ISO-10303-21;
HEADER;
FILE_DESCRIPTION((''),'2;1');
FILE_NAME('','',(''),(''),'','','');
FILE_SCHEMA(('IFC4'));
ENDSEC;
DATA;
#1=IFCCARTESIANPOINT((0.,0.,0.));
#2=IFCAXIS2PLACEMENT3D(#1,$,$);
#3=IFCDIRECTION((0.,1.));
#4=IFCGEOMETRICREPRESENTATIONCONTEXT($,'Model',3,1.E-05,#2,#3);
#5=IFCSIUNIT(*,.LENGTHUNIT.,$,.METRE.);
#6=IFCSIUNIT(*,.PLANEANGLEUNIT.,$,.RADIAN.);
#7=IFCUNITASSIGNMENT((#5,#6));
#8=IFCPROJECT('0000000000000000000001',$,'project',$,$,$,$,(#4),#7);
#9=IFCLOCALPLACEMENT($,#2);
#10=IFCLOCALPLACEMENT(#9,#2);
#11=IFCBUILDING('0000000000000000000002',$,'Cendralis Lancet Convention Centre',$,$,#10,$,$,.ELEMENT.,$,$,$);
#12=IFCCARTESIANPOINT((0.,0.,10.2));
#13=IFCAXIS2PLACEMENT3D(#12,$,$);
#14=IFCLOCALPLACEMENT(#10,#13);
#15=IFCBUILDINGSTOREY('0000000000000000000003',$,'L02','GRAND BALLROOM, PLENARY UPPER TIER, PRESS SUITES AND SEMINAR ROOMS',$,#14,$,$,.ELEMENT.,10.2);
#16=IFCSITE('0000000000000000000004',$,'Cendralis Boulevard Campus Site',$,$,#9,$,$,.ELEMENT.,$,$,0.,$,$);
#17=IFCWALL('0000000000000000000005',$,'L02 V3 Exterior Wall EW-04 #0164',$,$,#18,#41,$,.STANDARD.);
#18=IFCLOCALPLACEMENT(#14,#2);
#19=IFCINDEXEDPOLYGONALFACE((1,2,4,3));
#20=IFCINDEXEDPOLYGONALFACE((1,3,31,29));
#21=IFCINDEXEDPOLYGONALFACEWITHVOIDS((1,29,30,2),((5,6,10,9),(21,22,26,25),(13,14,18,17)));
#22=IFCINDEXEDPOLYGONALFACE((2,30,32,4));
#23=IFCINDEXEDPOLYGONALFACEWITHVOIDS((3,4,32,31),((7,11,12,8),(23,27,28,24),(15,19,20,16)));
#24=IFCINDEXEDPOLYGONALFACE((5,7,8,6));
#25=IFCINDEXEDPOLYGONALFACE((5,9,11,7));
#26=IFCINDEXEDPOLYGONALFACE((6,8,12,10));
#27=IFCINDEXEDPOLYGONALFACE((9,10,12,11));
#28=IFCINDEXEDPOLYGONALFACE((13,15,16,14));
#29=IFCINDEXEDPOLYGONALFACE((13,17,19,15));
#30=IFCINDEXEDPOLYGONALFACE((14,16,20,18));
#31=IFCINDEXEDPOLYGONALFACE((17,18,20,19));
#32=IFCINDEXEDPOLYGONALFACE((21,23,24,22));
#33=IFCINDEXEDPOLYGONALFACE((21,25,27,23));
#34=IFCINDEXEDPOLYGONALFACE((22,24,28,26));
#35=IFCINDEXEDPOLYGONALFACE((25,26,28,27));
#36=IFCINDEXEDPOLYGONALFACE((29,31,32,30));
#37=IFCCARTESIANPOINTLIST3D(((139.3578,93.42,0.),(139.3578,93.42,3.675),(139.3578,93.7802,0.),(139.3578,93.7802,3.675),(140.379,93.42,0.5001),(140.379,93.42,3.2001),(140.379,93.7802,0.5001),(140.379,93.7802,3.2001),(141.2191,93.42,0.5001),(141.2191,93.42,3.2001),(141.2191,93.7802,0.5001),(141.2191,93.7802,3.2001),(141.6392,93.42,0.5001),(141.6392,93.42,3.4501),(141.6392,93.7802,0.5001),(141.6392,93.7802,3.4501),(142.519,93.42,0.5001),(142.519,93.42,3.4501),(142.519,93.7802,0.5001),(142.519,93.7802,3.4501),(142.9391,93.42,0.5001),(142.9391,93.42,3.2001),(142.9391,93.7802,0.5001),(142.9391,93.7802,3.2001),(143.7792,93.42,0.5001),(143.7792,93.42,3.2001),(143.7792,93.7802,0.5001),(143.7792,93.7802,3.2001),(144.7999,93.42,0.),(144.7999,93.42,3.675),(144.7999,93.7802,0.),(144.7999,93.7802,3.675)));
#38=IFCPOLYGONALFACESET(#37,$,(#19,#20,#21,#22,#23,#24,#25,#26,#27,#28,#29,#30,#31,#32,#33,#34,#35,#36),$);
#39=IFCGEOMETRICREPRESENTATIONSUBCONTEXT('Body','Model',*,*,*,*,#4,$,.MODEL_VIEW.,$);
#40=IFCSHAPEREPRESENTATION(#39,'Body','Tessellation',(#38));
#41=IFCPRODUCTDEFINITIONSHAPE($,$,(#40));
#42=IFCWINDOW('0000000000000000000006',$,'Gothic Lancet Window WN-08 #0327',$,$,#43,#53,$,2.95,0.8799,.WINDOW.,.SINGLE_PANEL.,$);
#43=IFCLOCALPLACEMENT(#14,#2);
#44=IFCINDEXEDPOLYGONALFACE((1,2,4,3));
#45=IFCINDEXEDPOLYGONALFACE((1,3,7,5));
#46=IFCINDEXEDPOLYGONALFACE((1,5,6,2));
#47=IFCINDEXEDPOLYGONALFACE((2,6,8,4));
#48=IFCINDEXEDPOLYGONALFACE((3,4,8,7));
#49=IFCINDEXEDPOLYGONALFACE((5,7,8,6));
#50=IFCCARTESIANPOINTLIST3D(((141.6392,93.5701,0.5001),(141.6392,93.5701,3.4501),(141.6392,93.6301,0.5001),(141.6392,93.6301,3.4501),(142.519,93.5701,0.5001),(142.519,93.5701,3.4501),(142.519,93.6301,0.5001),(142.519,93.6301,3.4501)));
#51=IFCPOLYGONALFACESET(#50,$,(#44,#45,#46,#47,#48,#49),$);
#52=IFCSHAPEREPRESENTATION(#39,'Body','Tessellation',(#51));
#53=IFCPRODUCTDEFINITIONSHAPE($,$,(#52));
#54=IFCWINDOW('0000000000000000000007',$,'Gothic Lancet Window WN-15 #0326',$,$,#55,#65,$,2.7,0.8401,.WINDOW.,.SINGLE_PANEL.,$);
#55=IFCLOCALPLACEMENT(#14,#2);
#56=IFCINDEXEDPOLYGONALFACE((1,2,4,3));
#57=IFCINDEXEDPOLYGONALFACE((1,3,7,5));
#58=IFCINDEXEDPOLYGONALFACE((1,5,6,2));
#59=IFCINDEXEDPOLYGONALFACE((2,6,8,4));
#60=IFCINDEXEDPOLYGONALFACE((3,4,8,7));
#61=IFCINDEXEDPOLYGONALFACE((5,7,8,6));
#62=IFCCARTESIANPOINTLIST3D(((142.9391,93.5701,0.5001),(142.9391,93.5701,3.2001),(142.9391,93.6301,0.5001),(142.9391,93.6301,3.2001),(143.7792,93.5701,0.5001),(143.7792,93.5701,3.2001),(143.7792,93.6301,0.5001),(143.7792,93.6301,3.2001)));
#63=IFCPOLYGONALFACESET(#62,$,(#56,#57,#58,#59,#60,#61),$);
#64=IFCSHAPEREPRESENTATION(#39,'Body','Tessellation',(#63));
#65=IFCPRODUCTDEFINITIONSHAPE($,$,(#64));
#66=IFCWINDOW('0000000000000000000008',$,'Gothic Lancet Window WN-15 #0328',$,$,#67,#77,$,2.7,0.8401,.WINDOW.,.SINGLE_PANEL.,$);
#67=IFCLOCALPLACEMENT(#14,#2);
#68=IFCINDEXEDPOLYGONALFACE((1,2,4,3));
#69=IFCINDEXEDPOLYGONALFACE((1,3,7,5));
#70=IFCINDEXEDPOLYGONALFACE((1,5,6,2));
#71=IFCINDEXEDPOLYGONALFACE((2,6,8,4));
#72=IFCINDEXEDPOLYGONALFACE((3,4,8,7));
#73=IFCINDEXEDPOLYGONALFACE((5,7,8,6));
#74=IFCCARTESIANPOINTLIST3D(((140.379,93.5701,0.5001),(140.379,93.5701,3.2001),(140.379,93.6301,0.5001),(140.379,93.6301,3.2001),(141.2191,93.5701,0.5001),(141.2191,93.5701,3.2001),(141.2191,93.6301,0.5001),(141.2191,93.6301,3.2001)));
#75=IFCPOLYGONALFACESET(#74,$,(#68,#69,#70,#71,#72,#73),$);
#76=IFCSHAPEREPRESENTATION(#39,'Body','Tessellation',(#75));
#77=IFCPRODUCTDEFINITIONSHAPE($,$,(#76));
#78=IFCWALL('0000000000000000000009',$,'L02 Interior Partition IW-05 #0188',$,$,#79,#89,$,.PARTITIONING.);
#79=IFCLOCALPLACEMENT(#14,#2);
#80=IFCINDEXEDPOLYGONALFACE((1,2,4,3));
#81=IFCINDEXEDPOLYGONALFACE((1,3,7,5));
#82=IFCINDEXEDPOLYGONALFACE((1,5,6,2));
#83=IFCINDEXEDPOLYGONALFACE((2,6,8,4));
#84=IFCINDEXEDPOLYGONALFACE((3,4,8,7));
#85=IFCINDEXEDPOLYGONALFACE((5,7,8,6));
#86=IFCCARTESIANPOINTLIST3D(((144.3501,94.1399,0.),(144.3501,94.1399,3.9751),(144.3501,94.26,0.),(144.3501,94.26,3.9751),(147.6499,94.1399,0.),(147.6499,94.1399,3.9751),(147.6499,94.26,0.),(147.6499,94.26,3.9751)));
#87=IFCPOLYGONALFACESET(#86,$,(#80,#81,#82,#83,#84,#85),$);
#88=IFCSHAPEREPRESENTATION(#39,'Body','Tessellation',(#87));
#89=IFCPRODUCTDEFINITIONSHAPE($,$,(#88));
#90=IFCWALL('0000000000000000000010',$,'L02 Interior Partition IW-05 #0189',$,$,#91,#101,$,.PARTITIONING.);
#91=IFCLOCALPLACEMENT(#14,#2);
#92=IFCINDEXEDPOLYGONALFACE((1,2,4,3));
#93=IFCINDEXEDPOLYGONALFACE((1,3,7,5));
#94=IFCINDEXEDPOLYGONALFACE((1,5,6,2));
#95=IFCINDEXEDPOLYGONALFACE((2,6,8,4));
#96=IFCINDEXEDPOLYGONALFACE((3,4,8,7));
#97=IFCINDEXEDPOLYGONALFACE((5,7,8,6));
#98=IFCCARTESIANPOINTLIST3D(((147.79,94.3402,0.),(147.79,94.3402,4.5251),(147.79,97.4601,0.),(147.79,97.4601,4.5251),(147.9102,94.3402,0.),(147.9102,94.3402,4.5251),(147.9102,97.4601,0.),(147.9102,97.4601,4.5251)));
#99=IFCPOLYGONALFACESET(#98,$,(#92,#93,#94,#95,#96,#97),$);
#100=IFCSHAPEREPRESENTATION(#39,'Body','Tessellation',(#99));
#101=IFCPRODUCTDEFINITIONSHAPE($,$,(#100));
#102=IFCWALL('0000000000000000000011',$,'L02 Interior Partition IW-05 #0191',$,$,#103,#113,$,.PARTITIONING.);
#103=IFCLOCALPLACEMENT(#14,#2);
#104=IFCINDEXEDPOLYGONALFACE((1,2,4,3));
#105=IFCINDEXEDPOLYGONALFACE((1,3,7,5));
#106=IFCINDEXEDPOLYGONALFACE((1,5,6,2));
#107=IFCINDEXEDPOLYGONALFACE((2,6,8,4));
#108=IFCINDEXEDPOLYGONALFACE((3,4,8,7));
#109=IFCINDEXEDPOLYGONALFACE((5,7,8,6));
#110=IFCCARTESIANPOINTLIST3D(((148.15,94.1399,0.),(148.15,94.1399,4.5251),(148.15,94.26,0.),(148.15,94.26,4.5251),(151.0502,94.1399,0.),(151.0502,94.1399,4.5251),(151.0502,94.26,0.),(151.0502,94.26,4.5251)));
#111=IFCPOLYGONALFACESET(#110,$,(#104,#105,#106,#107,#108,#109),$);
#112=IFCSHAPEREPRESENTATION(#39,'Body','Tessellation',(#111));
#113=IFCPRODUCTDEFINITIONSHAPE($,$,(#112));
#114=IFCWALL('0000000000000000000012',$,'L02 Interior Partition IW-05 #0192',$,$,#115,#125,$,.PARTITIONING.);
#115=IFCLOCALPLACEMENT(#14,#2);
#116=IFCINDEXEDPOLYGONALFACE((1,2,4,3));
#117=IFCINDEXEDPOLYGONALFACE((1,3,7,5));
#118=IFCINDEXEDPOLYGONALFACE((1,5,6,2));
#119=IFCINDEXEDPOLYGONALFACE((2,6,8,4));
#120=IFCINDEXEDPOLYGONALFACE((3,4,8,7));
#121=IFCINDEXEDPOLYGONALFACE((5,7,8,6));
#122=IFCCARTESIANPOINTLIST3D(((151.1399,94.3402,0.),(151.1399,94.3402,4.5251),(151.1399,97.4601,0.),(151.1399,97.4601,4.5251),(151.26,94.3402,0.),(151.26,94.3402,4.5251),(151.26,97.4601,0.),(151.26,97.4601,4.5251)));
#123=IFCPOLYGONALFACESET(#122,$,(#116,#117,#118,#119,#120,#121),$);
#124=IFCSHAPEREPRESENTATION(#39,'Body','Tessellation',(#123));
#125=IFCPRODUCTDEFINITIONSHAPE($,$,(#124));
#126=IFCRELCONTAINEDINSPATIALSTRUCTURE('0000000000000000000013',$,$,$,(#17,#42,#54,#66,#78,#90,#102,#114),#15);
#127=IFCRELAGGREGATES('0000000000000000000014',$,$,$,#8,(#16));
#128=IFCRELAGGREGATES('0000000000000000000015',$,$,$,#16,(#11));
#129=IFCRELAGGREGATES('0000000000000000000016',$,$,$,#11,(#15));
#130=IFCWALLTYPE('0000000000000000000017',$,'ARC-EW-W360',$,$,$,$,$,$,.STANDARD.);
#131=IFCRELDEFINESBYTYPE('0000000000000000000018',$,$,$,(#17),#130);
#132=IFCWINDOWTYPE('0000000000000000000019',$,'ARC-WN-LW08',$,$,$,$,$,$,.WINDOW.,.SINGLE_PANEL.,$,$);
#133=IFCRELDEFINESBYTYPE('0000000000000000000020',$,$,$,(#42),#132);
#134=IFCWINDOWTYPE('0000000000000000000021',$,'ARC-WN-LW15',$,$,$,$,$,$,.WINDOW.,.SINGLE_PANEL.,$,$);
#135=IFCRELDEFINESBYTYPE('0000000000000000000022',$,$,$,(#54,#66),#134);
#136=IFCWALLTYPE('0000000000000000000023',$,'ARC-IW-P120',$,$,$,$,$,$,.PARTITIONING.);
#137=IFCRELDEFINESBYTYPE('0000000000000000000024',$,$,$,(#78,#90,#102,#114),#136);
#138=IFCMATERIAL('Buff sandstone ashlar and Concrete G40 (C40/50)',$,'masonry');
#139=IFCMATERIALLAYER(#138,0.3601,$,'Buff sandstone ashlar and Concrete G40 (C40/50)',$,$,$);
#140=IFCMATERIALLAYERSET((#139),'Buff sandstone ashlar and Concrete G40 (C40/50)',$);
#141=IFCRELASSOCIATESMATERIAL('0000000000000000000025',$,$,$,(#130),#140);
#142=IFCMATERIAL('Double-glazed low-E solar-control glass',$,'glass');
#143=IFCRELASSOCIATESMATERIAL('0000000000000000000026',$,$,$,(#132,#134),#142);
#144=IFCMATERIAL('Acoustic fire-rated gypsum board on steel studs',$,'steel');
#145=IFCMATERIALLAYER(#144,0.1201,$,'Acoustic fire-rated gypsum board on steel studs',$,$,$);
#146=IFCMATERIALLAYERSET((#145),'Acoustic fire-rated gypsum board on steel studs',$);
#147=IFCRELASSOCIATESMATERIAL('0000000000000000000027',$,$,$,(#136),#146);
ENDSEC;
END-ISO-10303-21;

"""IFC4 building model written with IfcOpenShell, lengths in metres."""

from ifc_helpers import new_model, si_unit, direction, frame, frame_2d, origin, place, context, subcontext, project, spatial, rectangle, extrude, material, layer, layer_set, type_object, element, fill, save


model = new_model("IFC4")

# Units and contexts
model_context = context("Model", 3, precision=1e-05, world=origin(), true_north=direction((0.0, 1.0)))
body_context = subcontext(model_context, "Body", "Model", "MODEL_VIEW")
ifc_project = project(units=[si_unit("LENGTHUNIT", "METRE"), si_unit("PLANEANGLEUNIT", "RADIAN")], contexts=[model_context])

# Site, building, storey
site_placement = place(None, origin())
site = spatial("IfcSite", under=ifc_project, at=site_placement, Name="Cendralis Boulevard Campus Site", CompositionType="ELEMENT", RefElevation=0.0)
building_placement = place(site_placement, origin())
building = spatial("IfcBuilding", under=site, at=building_placement, Name="Cendralis Lancet Convention Centre", CompositionType="ELEMENT")
storey_placement = place(building_placement, frame((0.0, 0.0, 10.2)))
storey = spatial("IfcBuildingStorey", under=building, at=storey_placement, Name="L02", Description="GRAND BALLROOM, PLENARY UPPER TIER, PRESS SUITES AND SEMINAR ROOMS", CompositionType="ELEMENT", Elevation=10.2)

# Wall, openings, windows
ifc_material_1 = material(Name="Buff sandstone ashlar and Concrete G40 (C40/50)", Category="masonry")
ifc_layer_1 = layer(ifc_material_1, 0.3601, Name="Buff sandstone ashlar and Concrete G40 (C40/50)")
ifc_layer_set_1 = layer_set([ifc_layer_1], Name="Buff sandstone ashlar and Concrete G40 (C40/50)")
wall_type_1 = type_object("IfcWallType", Name="ARC-EW-W360", PredefinedType="STANDARD", material=ifc_layer_set_1)
ifc_material_2 = material(Name="Double-glazed low-E solar-control glass", Category="glass")
window_type_1 = type_object("IfcWindowType", Name="ARC-WN-LW08", PartitioningType="SINGLE_PANEL", PredefinedType="WINDOW", material=ifc_material_2)
wall_1_placement = place(storey_placement, frame((144.8, 93.6001, 0.0), z_axis=(0.0, 0.0, 1.0), x_axis=(-1.0, 0.0, 0.0)))
wall_1 = element("IfcWall", 1, at=wall_1_placement, inside=storey, type_object=wall_type_1, Name="L02 V3 Exterior Wall EW-04 #0164", PredefinedType="STANDARD", context=body_context, shape_type="SweptSolid", body=[
    extrude(rectangle(XDim=5.4421, YDim=0.3601, at=frame_2d((2.7212, 0.0))), origin(), (0.0, 0.0, 1.0), 3.675),
])
opening_1_placement = place(wall_1_placement, frame((1.021, 0.0, 0.5)))
opening_1 = element("IfcOpeningElement", 2, at=opening_1_placement, cuts=wall_1, PredefinedType="OPENING", context=body_context, shape_type="SweptSolid", body=[
    extrude(rectangle(XDim=0.8401, YDim=2.7, at=frame_2d((0.4199, 1.3501))), frame((0.0, 0.1899, 0.0), z_axis=(0.0, -1.0, 0.0), x_axis=(1.0, 0.0, 0.0)), (0.0, 0.0, 1.0), 0.3801),
])
opening_2_placement = place(wall_1_placement, frame((2.281, 0.0, 0.5)))
opening_2 = element("IfcOpeningElement", 3, at=opening_2_placement, cuts=wall_1, PredefinedType="OPENING", context=body_context, shape_type="SweptSolid", body=[
    extrude(rectangle(XDim=0.8799, YDim=2.95, at=frame_2d((0.4399, 1.4751))), frame((0.0, 0.1899, 0.0), z_axis=(0.0, -1.0, 0.0), x_axis=(1.0, 0.0, 0.0)), (0.0, 0.0, 1.0), 0.3801),
])
opening_3_placement = place(wall_1_placement, frame((3.5811, 0.0, 0.5)))
opening_3 = element("IfcOpeningElement", 4, at=opening_3_placement, cuts=wall_1, PredefinedType="OPENING", context=body_context, shape_type="SweptSolid", body=[
    extrude(rectangle(XDim=0.8401, YDim=2.7, at=frame_2d((0.4199, 1.3501))), frame((0.0, 0.1899, 0.0), z_axis=(0.0, -1.0, 0.0), x_axis=(1.0, 0.0, 0.0)), (0.0, 0.0, 1.0), 0.3801),
])
window_1_placement = place(opening_2_placement, origin())
window_1 = element("IfcWindow", 5, at=window_1_placement, inside=storey, type_object=window_type_1, Name="Gothic Lancet Window WN-08 #0327", OverallHeight=2.95, OverallWidth=0.8799, PartitioningType="SINGLE_PANEL", PredefinedType="WINDOW", context=body_context, shape_type="SweptSolid", body=[
    extrude(rectangle(XDim=0.8799, YDim=2.95, at=frame_2d((0.4399, 1.4751))), frame((0.0, 0.03, 0.0), z_axis=(0.0, -1.0, 0.0), x_axis=(1.0, 0.0, 0.0)), (0.0, 0.0, 1.0), 0.0601),
])
fill(opening_2, window_1)
window_type_2 = type_object("IfcWindowType", Name="ARC-WN-LW15", PartitioningType="SINGLE_PANEL", PredefinedType="WINDOW", material=ifc_material_2)
window_2_placement = place(opening_1_placement, origin())
window_2 = element("IfcWindow", 6, at=window_2_placement, inside=storey, type_object=window_type_2, Name="Gothic Lancet Window WN-15 #0326", OverallHeight=2.7, OverallWidth=0.8401, PartitioningType="SINGLE_PANEL", PredefinedType="WINDOW", context=body_context, shape_type="SweptSolid", body=[
    extrude(rectangle(XDim=0.8401, YDim=2.7, at=frame_2d((0.4199, 1.3501))), frame((0.0, 0.03, 0.0), z_axis=(0.0, -1.0, 0.0), x_axis=(1.0, 0.0, 0.0)), (0.0, 0.0, 1.0), 0.0601),
])
fill(opening_1, window_2)
window_3_placement = place(opening_3_placement, origin())
window_3 = element("IfcWindow", 7, at=window_3_placement, inside=storey, type_object=window_type_2, Name="Gothic Lancet Window WN-15 #0328", OverallHeight=2.7, OverallWidth=0.8401, PartitioningType="SINGLE_PANEL", PredefinedType="WINDOW", context=body_context, shape_type="SweptSolid", body=[
    extrude(rectangle(XDim=0.8401, YDim=2.7, at=frame_2d((0.4199, 1.3501))), frame((0.0, 0.03, 0.0), z_axis=(0.0, -1.0, 0.0), x_axis=(1.0, 0.0, 0.0)), (0.0, 0.0, 1.0), 0.0601),
])
fill(opening_3, window_3)

# Shared definitions
ifc_material_3 = material(Name="Acoustic fire-rated gypsum board on steel studs", Category="steel")
ifc_layer_2 = layer(ifc_material_3, 0.1201, Name="Acoustic fire-rated gypsum board on steel studs")
ifc_layer_set_2 = layer_set([ifc_layer_2], Name="Acoustic fire-rated gypsum board on steel studs")
wall_type_2 = type_object("IfcWallType", Name="ARC-IW-P120", PredefinedType="PARTITIONING", material=ifc_layer_set_2)

# Walls
wall_2_placement = place(storey_placement, frame((144.3501, 94.2, 0.0), z_axis=(0.0, 0.0, 1.0), x_axis=(1.0, 0.0, 0.0)))
element("IfcWall", 8, at=wall_2_placement, inside=storey, type_object=wall_type_2, Name="L02 Interior Partition IW-05 #0188", PredefinedType="PARTITIONING", context=body_context, shape_type="SweptSolid", body=[
    extrude(rectangle(XDim=3.2998, YDim=0.1201, at=frame_2d((1.6499, 0.0))), origin(), (0.0, 0.0, 1.0), 3.9751),
])
wall_3_placement = place(storey_placement, frame((147.8501, 94.3401, 0.0), z_axis=(0.0, 0.0, 1.0), x_axis=(0.0, 1.0, 0.0)))
element("IfcWall", 9, at=wall_3_placement, inside=storey, type_object=wall_type_2, Name="L02 Interior Partition IW-05 #0189", PredefinedType="PARTITIONING", context=body_context, shape_type="SweptSolid", body=[
    extrude(rectangle(XDim=3.1199, YDim=0.1201, at=frame_2d((1.5601, 0.0))), origin(), (0.0, 0.0, 1.0), 4.5251),
])

# Walls
wall_4_placement = place(storey_placement, frame((148.1499, 94.2, 0.0), z_axis=(0.0, 0.0, 1.0), x_axis=(1.0, 0.0, 0.0)))
element("IfcWall", 10, at=wall_4_placement, inside=storey, type_object=wall_type_2, Name="L02 Interior Partition IW-05 #0191", PredefinedType="PARTITIONING", context=body_context, shape_type="SweptSolid", body=[
    extrude(rectangle(XDim=2.9001, YDim=0.1201, at=frame_2d((1.4502, 0.0))), origin(), (0.0, 0.0, 1.0), 4.5251),
])
wall_5_placement = place(storey_placement, frame((151.2, 94.3401, 0.0), z_axis=(0.0, 0.0, 1.0), x_axis=(0.0, 1.0, 0.0)))
element("IfcWall", 11, at=wall_5_placement, inside=storey, type_object=wall_type_2, Name="L02 Interior Partition IW-05 #0192", PredefinedType="PARTITIONING", context=body_context, shape_type="SweptSolid", body=[
    extrude(rectangle(XDim=3.1199, YDim=0.1201, at=frame_2d((1.5601, 0.0))), origin(), (0.0, 0.0, 1.0), 4.5251),
])

save(model, "model.ifc")
